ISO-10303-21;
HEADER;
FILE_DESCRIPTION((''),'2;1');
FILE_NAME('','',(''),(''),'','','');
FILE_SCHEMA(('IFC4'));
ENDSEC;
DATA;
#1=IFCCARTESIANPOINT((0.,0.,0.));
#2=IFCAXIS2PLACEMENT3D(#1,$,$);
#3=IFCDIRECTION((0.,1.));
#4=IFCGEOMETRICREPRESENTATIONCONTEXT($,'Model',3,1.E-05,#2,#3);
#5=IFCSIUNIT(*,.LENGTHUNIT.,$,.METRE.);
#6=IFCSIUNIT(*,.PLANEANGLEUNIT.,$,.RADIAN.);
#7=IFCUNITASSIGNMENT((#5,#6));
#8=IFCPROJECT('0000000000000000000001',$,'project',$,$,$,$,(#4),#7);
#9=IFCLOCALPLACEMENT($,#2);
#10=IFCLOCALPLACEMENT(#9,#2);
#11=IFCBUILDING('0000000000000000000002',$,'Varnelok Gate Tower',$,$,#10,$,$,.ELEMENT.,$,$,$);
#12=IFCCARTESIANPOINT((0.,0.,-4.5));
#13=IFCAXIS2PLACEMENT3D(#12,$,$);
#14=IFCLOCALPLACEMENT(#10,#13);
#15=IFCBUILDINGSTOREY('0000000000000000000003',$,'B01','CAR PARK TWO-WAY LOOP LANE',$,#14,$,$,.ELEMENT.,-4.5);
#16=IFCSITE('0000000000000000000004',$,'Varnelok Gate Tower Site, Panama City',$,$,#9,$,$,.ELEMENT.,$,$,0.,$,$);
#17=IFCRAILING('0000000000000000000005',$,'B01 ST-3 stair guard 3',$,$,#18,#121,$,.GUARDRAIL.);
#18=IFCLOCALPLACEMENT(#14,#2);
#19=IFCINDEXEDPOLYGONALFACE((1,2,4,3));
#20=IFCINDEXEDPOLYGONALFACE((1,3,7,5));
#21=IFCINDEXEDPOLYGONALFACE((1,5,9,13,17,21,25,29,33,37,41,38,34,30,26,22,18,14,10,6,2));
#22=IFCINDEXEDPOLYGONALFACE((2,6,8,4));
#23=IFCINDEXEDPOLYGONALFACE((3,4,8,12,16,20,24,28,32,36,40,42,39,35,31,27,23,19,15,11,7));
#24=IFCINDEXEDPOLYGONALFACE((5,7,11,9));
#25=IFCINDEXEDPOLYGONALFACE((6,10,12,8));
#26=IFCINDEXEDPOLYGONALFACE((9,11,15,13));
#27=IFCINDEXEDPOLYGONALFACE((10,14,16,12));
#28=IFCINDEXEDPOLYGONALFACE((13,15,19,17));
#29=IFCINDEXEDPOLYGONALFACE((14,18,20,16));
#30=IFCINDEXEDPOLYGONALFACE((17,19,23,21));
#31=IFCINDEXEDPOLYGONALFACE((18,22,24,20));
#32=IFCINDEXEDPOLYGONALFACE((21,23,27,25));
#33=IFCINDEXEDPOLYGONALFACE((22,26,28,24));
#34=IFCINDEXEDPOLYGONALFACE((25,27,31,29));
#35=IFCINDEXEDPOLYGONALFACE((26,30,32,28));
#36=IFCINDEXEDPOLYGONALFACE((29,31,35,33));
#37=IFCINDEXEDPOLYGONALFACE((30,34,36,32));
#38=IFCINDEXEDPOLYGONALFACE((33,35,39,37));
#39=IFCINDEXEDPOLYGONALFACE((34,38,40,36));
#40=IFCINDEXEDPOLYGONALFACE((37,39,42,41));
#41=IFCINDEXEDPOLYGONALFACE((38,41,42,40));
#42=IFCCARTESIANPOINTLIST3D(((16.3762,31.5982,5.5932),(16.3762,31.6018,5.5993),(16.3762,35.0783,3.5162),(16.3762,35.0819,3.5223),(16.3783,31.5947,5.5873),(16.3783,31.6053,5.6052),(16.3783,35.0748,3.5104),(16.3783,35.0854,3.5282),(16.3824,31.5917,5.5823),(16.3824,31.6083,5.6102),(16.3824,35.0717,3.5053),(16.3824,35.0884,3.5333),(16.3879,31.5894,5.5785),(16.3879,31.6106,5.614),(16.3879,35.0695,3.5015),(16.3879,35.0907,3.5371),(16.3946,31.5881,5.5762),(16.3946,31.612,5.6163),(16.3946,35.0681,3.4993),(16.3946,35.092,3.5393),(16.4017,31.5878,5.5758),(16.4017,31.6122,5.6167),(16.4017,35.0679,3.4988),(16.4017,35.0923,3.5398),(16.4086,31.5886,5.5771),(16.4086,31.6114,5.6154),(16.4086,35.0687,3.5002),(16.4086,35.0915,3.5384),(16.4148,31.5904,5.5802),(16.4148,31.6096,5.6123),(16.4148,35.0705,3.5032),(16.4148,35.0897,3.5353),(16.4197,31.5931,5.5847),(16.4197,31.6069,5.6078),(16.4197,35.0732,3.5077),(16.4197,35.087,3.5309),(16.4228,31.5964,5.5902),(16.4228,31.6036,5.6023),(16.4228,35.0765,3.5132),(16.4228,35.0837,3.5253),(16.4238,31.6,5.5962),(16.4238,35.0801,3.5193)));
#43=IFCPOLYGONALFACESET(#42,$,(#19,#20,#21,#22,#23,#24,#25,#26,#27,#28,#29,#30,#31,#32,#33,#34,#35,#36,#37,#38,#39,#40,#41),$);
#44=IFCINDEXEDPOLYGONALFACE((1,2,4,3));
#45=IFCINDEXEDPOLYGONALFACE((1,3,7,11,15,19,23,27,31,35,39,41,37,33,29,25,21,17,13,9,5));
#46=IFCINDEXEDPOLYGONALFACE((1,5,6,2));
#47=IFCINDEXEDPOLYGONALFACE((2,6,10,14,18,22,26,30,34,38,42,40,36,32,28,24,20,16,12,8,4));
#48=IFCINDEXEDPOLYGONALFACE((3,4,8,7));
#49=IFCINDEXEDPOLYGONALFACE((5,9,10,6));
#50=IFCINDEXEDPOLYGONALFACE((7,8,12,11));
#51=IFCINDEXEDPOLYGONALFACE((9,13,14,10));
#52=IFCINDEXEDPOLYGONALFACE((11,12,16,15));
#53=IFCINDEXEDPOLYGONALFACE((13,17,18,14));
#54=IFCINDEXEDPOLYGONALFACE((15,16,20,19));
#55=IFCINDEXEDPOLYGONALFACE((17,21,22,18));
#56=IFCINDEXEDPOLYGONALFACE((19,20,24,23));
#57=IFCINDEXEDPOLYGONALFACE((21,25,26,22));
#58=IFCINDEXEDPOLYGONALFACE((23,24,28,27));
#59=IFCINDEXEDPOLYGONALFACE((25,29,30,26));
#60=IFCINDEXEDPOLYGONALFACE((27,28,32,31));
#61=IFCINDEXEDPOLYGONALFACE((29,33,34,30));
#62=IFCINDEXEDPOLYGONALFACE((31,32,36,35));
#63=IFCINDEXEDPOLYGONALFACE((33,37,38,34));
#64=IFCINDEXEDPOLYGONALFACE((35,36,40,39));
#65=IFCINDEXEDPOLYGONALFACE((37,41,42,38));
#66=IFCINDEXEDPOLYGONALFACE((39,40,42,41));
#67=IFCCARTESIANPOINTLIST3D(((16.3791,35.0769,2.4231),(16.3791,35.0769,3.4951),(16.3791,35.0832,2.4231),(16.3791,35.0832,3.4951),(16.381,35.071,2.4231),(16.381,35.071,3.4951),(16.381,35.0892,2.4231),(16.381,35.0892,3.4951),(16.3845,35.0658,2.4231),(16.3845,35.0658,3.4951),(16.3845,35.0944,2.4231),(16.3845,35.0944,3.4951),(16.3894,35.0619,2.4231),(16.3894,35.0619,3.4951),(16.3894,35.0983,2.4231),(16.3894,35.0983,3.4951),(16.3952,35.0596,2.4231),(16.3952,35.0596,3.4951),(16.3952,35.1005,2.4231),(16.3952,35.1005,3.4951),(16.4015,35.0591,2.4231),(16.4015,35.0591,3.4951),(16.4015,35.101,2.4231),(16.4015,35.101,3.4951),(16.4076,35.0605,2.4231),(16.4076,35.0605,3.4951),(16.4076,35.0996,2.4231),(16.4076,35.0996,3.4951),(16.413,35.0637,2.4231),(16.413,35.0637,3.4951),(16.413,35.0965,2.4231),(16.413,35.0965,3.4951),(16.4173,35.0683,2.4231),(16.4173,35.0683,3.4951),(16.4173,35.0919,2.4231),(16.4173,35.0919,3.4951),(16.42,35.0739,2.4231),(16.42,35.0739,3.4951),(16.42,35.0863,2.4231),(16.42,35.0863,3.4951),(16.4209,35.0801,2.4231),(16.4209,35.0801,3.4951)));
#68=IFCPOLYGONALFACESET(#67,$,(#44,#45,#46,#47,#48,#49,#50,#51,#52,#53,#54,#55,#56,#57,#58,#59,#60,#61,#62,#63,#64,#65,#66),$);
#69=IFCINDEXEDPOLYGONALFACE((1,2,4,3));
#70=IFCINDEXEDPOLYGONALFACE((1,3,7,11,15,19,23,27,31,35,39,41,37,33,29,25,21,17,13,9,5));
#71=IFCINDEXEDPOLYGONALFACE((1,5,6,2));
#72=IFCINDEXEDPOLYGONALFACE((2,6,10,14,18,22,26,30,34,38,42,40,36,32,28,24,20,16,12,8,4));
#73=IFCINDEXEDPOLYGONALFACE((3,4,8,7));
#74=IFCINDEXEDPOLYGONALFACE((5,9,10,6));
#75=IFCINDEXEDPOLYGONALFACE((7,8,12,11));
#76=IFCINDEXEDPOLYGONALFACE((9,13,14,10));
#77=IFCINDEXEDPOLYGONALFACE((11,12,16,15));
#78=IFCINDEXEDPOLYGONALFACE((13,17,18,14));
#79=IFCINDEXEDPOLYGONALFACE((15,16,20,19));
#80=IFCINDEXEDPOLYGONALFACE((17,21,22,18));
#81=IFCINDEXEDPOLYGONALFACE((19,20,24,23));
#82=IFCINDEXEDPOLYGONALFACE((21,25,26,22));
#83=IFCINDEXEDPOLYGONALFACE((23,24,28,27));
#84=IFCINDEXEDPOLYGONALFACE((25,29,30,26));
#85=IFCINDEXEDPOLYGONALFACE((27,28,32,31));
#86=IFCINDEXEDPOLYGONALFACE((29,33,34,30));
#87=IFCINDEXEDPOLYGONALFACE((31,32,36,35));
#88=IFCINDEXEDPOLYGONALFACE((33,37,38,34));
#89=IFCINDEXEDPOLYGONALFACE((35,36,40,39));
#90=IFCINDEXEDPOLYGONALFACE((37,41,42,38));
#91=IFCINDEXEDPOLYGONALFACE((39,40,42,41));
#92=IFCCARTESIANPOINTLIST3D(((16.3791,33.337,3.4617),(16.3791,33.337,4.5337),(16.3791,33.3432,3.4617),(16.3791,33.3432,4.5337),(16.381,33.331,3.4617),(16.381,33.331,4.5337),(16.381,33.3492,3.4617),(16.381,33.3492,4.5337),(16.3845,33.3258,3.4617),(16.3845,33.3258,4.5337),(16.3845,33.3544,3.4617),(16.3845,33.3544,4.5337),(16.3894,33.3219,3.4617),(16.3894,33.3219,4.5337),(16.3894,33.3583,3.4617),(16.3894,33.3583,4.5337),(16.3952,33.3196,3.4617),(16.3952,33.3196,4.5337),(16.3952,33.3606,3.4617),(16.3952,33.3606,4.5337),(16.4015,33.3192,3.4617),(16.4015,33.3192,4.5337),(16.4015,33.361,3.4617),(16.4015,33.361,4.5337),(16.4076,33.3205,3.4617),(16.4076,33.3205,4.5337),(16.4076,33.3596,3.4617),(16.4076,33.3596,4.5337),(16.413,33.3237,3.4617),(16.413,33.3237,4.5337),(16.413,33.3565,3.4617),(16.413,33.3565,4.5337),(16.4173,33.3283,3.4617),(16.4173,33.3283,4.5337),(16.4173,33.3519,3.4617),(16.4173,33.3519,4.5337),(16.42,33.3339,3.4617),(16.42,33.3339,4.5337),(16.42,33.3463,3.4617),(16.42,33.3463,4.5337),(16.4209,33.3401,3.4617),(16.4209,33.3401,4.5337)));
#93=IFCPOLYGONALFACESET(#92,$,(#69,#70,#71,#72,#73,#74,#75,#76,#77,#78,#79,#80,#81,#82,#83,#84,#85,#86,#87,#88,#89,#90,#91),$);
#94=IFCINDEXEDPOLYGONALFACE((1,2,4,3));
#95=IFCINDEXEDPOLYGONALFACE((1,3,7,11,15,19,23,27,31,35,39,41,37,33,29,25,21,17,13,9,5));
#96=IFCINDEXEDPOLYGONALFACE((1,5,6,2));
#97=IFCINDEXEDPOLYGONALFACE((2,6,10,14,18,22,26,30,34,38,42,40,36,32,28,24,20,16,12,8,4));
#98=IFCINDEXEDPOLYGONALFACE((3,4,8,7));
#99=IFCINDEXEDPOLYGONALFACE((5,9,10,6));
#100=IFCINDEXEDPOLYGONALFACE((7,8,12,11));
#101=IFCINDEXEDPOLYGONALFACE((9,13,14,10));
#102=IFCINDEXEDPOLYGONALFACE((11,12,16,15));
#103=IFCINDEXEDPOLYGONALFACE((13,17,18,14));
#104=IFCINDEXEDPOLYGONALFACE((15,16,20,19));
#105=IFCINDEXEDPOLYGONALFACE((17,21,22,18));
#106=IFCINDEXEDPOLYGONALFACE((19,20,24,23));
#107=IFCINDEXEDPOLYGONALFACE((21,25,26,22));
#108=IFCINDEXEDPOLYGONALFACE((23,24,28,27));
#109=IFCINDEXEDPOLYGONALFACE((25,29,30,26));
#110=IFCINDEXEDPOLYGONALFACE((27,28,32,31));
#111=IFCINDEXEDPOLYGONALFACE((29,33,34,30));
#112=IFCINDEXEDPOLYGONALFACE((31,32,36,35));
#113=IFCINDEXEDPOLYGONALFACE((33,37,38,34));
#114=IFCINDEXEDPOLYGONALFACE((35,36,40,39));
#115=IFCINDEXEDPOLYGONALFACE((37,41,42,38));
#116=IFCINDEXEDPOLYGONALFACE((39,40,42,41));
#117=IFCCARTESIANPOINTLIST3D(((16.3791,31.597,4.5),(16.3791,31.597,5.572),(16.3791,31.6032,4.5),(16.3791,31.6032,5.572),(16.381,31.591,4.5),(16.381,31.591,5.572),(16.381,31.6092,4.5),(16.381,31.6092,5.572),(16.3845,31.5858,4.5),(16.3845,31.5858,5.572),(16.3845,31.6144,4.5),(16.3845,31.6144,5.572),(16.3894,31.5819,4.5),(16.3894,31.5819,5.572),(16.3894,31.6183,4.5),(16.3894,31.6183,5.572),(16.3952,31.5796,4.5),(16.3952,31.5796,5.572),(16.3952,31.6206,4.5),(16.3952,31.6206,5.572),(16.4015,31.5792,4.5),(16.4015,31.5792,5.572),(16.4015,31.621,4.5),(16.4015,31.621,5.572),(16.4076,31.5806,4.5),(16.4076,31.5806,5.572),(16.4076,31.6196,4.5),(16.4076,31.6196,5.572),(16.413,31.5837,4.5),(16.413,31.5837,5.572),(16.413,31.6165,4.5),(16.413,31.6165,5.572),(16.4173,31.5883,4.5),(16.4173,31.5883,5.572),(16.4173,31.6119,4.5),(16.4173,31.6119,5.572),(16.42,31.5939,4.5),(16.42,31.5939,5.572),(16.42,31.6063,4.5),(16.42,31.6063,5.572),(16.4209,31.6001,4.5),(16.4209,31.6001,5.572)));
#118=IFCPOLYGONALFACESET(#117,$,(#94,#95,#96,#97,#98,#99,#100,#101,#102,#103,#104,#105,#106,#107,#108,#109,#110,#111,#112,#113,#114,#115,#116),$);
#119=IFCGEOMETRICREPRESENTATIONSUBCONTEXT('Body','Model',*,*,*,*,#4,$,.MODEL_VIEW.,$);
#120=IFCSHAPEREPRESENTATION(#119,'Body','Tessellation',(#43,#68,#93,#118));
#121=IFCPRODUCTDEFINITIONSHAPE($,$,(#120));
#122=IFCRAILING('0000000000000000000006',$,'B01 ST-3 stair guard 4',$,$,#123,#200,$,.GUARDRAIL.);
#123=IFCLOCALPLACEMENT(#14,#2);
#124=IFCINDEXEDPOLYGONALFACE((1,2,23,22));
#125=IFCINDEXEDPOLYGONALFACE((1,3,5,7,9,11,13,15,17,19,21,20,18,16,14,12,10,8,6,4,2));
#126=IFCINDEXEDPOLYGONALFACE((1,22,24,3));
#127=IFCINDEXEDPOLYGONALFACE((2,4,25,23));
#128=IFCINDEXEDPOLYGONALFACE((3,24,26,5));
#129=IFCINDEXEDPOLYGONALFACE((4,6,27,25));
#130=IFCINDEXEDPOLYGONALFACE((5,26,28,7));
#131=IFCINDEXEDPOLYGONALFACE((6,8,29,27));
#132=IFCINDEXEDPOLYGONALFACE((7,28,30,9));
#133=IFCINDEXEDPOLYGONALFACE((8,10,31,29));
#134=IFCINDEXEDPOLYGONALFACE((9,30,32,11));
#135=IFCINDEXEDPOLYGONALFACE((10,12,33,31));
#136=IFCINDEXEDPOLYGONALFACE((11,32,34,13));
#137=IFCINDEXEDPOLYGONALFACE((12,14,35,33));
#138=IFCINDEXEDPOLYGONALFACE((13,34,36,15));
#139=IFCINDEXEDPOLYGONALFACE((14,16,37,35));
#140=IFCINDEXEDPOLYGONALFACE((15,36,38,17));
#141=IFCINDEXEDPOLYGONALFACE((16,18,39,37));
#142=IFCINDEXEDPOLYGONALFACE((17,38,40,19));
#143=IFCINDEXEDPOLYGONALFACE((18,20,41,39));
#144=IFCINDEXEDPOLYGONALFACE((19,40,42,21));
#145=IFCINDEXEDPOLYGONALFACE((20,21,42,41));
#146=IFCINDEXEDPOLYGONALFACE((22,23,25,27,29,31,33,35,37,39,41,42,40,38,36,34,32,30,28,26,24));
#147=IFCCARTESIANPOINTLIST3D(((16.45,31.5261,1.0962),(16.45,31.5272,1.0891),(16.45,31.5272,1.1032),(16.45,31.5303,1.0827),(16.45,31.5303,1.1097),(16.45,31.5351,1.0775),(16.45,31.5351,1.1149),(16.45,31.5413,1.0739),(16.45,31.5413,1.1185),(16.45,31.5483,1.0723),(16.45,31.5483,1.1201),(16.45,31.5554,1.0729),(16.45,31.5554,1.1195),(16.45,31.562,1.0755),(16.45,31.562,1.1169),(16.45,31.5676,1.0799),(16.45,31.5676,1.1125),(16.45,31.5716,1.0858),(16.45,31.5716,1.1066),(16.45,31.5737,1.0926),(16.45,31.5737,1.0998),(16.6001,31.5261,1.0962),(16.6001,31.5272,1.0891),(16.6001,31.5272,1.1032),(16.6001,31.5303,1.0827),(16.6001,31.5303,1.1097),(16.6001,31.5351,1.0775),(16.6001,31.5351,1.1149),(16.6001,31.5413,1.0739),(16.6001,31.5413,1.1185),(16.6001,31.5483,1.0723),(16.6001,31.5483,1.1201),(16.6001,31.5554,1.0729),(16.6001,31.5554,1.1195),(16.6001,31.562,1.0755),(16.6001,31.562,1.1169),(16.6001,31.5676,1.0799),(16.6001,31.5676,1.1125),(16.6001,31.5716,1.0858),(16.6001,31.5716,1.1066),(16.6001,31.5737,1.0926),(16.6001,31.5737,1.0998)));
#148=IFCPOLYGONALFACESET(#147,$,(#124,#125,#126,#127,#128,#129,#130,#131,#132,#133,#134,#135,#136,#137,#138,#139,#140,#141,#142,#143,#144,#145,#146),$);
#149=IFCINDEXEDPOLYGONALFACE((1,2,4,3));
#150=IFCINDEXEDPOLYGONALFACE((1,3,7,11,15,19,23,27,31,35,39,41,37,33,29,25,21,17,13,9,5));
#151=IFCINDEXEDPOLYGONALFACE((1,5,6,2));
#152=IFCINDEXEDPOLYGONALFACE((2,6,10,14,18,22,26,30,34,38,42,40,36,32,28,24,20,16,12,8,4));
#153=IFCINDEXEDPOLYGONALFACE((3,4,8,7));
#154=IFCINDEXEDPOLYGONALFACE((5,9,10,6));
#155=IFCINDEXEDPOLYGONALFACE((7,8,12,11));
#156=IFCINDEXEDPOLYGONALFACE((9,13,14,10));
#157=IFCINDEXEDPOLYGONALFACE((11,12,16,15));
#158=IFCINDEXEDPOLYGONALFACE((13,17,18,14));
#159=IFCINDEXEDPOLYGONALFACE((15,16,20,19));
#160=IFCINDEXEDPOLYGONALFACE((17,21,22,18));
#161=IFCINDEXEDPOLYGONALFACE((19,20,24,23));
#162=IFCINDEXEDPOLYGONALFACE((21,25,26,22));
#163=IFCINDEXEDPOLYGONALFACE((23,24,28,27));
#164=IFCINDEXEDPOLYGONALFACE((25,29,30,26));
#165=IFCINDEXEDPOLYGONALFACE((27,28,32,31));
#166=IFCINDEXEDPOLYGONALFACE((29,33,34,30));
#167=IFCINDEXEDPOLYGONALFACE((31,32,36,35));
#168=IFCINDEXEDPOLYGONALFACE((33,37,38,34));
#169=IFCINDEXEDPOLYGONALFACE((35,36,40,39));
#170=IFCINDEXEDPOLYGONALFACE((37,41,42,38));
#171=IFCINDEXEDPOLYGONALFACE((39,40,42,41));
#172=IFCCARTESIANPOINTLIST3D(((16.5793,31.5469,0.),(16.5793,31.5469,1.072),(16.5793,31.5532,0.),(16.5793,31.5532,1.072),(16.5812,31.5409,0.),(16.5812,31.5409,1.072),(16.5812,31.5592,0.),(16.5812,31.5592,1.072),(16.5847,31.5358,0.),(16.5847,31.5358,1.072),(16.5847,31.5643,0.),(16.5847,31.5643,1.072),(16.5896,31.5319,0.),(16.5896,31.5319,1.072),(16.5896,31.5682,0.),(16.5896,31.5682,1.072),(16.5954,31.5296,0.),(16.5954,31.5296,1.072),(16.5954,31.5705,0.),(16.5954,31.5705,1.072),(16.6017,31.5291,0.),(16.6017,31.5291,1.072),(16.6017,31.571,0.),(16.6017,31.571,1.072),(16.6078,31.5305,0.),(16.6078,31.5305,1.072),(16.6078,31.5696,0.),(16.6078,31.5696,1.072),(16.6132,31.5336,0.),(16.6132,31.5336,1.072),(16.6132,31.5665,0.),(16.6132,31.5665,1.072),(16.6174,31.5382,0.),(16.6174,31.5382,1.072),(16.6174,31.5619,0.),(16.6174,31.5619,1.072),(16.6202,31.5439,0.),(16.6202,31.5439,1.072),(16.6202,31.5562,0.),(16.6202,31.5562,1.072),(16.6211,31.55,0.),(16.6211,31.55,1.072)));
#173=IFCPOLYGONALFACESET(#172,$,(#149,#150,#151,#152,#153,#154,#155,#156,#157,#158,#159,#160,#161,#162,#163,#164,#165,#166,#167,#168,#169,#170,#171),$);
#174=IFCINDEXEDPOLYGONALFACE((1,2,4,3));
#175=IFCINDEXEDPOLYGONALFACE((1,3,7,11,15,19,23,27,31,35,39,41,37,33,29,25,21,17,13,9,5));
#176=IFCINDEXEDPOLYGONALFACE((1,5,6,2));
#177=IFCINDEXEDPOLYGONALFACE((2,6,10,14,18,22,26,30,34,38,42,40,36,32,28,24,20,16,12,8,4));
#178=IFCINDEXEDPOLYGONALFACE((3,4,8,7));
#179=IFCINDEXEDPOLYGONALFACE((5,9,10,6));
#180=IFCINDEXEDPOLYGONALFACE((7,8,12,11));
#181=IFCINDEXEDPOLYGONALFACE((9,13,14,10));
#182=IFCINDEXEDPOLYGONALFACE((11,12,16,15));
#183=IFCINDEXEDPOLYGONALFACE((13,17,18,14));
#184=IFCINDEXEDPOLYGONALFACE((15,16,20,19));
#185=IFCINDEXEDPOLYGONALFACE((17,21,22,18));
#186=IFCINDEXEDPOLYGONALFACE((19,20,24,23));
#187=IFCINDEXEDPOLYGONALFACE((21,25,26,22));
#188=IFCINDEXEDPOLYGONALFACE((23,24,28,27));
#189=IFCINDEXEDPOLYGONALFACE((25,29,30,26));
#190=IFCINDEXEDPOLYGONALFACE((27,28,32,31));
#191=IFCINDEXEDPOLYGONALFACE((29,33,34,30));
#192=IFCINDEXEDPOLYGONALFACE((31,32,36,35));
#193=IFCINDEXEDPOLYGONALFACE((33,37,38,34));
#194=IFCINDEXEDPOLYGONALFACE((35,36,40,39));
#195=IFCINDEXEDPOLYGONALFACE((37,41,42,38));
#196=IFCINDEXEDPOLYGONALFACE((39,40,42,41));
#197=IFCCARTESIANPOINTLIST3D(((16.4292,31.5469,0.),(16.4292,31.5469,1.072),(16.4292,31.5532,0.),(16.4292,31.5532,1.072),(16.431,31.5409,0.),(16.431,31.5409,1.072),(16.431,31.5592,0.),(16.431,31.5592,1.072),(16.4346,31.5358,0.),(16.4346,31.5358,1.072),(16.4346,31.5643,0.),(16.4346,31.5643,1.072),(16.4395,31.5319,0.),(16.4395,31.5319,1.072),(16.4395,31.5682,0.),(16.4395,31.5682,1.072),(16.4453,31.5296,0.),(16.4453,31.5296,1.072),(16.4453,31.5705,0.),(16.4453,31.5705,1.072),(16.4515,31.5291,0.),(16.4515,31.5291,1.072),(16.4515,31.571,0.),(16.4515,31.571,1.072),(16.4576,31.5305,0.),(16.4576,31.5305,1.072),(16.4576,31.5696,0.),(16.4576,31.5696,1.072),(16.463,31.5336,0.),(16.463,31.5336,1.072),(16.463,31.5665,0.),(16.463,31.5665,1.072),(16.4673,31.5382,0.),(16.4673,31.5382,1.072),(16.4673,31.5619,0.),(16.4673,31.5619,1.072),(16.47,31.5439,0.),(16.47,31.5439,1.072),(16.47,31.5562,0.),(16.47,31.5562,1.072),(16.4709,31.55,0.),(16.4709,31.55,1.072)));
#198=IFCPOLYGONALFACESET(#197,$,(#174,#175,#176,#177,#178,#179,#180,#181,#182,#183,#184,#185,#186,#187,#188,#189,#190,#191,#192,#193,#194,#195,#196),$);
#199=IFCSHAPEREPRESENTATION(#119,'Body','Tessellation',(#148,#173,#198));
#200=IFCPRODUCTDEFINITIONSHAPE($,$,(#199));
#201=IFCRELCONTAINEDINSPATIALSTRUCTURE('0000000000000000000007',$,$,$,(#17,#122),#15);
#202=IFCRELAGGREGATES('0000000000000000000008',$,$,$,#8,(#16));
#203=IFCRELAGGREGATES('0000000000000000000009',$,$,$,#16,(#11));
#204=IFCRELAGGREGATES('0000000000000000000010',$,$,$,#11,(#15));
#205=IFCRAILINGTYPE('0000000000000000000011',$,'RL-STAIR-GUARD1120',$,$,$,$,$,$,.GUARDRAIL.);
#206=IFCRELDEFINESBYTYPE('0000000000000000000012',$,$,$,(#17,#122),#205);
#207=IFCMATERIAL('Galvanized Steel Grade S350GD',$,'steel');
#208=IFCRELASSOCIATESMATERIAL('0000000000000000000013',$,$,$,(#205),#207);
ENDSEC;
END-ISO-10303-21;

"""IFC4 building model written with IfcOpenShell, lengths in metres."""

from ifc_helpers import new_model, si_unit, direction, frame, origin, origin_2d, place, context, subcontext, project, spatial, circle, extrude, material, type_object, element, save


model = new_model("IFC4")

# Units and contexts
model_context = context("Model", 3, precision=1e-05, world=origin(), true_north=direction((0.0, 1.0)))
body_context = subcontext(model_context, "Body", "Model", "MODEL_VIEW")
ifc_project = project(units=[si_unit("LENGTHUNIT", "METRE"), si_unit("PLANEANGLEUNIT", "RADIAN")], contexts=[model_context])

# Site, building, storey
site_placement = place(None, origin())
site = spatial("IfcSite", under=ifc_project, at=site_placement, Name="Varnelok Gate Tower Site, Panama City", CompositionType="ELEMENT", RefElevation=0.0)
building_placement = place(site_placement, origin())
building = spatial("IfcBuilding", under=site, at=building_placement, Name="Varnelok Gate Tower", CompositionType="ELEMENT")
storey_placement = place(building_placement, frame((0.0, 0.0, -4.5)))
storey = spatial("IfcBuildingStorey", under=building, at=storey_placement, Name="B01", Description="CAR PARK TWO-WAY LOOP LANE", CompositionType="ELEMENT", Elevation=-4.5)

# Railings
ifc_material_1 = material(Name="Galvanized Steel Grade S350GD", Category="steel")
railing_type_1 = type_object("IfcRailingType", Name="RL-STAIR-GUARD1120", PredefinedType="GUARDRAIL", material=ifc_material_1)
railing_1_placement = place(storey_placement, frame((16.3999, 35.0801, 2.4231)))
element("IfcRailing", 1, at=railing_1_placement, inside=storey, type_object=railing_type_1, Name="B01 ST-3 stair guard 3", PredefinedType="GUARDRAIL", context=body_context, shape_type="SweptSolid", body=[
    extrude(circle(Radius=0.0239, at=origin_2d()), frame((0.0, 0.0, 1.0962), z_axis=(0.0, -0.858697, 0.512483), x_axis=(1.0, 0.0, 0.0)), (0.0, 0.0, 1.0), 4.0527),
    extrude(circle(Radius=0.021, at=origin_2d()), origin(), (0.0, 0.0, 1.0), 1.072),
    extrude(circle(Radius=0.021, at=origin_2d()), frame((0.0, -1.74, 1.0386)), (0.0, 0.0, 1.0), 1.072),
    extrude(circle(Radius=0.021, at=origin_2d()), frame((0.0, -3.48, 2.0769)), (0.0, 0.0, 1.0), 1.072),
])
railing_2_placement = place(storey_placement, frame((16.6001, 31.55, 0.0)))
element("IfcRailing", 2, at=railing_2_placement, inside=storey, type_object=railing_type_1, Name="B01 ST-3 stair guard 4", PredefinedType="GUARDRAIL", context=body_context, shape_type="SweptSolid", body=[
    extrude(circle(Radius=0.0239, at=origin_2d()), frame((0.0, 0.0, 1.0962), z_axis=(-1.0, 0.0, 0.0), x_axis=(0.0, -1.0, 0.0)), (0.0, 0.0, 1.0), 0.1501),
    extrude(circle(Radius=0.021, at=origin_2d()), origin(), (0.0, 0.0, 1.0), 1.072),
    extrude(circle(Radius=0.021, at=origin_2d()), frame((-0.1501, 0.0, 0.0)), (0.0, 0.0, 1.0), 1.072),
])

save(model, "model.ifc")
